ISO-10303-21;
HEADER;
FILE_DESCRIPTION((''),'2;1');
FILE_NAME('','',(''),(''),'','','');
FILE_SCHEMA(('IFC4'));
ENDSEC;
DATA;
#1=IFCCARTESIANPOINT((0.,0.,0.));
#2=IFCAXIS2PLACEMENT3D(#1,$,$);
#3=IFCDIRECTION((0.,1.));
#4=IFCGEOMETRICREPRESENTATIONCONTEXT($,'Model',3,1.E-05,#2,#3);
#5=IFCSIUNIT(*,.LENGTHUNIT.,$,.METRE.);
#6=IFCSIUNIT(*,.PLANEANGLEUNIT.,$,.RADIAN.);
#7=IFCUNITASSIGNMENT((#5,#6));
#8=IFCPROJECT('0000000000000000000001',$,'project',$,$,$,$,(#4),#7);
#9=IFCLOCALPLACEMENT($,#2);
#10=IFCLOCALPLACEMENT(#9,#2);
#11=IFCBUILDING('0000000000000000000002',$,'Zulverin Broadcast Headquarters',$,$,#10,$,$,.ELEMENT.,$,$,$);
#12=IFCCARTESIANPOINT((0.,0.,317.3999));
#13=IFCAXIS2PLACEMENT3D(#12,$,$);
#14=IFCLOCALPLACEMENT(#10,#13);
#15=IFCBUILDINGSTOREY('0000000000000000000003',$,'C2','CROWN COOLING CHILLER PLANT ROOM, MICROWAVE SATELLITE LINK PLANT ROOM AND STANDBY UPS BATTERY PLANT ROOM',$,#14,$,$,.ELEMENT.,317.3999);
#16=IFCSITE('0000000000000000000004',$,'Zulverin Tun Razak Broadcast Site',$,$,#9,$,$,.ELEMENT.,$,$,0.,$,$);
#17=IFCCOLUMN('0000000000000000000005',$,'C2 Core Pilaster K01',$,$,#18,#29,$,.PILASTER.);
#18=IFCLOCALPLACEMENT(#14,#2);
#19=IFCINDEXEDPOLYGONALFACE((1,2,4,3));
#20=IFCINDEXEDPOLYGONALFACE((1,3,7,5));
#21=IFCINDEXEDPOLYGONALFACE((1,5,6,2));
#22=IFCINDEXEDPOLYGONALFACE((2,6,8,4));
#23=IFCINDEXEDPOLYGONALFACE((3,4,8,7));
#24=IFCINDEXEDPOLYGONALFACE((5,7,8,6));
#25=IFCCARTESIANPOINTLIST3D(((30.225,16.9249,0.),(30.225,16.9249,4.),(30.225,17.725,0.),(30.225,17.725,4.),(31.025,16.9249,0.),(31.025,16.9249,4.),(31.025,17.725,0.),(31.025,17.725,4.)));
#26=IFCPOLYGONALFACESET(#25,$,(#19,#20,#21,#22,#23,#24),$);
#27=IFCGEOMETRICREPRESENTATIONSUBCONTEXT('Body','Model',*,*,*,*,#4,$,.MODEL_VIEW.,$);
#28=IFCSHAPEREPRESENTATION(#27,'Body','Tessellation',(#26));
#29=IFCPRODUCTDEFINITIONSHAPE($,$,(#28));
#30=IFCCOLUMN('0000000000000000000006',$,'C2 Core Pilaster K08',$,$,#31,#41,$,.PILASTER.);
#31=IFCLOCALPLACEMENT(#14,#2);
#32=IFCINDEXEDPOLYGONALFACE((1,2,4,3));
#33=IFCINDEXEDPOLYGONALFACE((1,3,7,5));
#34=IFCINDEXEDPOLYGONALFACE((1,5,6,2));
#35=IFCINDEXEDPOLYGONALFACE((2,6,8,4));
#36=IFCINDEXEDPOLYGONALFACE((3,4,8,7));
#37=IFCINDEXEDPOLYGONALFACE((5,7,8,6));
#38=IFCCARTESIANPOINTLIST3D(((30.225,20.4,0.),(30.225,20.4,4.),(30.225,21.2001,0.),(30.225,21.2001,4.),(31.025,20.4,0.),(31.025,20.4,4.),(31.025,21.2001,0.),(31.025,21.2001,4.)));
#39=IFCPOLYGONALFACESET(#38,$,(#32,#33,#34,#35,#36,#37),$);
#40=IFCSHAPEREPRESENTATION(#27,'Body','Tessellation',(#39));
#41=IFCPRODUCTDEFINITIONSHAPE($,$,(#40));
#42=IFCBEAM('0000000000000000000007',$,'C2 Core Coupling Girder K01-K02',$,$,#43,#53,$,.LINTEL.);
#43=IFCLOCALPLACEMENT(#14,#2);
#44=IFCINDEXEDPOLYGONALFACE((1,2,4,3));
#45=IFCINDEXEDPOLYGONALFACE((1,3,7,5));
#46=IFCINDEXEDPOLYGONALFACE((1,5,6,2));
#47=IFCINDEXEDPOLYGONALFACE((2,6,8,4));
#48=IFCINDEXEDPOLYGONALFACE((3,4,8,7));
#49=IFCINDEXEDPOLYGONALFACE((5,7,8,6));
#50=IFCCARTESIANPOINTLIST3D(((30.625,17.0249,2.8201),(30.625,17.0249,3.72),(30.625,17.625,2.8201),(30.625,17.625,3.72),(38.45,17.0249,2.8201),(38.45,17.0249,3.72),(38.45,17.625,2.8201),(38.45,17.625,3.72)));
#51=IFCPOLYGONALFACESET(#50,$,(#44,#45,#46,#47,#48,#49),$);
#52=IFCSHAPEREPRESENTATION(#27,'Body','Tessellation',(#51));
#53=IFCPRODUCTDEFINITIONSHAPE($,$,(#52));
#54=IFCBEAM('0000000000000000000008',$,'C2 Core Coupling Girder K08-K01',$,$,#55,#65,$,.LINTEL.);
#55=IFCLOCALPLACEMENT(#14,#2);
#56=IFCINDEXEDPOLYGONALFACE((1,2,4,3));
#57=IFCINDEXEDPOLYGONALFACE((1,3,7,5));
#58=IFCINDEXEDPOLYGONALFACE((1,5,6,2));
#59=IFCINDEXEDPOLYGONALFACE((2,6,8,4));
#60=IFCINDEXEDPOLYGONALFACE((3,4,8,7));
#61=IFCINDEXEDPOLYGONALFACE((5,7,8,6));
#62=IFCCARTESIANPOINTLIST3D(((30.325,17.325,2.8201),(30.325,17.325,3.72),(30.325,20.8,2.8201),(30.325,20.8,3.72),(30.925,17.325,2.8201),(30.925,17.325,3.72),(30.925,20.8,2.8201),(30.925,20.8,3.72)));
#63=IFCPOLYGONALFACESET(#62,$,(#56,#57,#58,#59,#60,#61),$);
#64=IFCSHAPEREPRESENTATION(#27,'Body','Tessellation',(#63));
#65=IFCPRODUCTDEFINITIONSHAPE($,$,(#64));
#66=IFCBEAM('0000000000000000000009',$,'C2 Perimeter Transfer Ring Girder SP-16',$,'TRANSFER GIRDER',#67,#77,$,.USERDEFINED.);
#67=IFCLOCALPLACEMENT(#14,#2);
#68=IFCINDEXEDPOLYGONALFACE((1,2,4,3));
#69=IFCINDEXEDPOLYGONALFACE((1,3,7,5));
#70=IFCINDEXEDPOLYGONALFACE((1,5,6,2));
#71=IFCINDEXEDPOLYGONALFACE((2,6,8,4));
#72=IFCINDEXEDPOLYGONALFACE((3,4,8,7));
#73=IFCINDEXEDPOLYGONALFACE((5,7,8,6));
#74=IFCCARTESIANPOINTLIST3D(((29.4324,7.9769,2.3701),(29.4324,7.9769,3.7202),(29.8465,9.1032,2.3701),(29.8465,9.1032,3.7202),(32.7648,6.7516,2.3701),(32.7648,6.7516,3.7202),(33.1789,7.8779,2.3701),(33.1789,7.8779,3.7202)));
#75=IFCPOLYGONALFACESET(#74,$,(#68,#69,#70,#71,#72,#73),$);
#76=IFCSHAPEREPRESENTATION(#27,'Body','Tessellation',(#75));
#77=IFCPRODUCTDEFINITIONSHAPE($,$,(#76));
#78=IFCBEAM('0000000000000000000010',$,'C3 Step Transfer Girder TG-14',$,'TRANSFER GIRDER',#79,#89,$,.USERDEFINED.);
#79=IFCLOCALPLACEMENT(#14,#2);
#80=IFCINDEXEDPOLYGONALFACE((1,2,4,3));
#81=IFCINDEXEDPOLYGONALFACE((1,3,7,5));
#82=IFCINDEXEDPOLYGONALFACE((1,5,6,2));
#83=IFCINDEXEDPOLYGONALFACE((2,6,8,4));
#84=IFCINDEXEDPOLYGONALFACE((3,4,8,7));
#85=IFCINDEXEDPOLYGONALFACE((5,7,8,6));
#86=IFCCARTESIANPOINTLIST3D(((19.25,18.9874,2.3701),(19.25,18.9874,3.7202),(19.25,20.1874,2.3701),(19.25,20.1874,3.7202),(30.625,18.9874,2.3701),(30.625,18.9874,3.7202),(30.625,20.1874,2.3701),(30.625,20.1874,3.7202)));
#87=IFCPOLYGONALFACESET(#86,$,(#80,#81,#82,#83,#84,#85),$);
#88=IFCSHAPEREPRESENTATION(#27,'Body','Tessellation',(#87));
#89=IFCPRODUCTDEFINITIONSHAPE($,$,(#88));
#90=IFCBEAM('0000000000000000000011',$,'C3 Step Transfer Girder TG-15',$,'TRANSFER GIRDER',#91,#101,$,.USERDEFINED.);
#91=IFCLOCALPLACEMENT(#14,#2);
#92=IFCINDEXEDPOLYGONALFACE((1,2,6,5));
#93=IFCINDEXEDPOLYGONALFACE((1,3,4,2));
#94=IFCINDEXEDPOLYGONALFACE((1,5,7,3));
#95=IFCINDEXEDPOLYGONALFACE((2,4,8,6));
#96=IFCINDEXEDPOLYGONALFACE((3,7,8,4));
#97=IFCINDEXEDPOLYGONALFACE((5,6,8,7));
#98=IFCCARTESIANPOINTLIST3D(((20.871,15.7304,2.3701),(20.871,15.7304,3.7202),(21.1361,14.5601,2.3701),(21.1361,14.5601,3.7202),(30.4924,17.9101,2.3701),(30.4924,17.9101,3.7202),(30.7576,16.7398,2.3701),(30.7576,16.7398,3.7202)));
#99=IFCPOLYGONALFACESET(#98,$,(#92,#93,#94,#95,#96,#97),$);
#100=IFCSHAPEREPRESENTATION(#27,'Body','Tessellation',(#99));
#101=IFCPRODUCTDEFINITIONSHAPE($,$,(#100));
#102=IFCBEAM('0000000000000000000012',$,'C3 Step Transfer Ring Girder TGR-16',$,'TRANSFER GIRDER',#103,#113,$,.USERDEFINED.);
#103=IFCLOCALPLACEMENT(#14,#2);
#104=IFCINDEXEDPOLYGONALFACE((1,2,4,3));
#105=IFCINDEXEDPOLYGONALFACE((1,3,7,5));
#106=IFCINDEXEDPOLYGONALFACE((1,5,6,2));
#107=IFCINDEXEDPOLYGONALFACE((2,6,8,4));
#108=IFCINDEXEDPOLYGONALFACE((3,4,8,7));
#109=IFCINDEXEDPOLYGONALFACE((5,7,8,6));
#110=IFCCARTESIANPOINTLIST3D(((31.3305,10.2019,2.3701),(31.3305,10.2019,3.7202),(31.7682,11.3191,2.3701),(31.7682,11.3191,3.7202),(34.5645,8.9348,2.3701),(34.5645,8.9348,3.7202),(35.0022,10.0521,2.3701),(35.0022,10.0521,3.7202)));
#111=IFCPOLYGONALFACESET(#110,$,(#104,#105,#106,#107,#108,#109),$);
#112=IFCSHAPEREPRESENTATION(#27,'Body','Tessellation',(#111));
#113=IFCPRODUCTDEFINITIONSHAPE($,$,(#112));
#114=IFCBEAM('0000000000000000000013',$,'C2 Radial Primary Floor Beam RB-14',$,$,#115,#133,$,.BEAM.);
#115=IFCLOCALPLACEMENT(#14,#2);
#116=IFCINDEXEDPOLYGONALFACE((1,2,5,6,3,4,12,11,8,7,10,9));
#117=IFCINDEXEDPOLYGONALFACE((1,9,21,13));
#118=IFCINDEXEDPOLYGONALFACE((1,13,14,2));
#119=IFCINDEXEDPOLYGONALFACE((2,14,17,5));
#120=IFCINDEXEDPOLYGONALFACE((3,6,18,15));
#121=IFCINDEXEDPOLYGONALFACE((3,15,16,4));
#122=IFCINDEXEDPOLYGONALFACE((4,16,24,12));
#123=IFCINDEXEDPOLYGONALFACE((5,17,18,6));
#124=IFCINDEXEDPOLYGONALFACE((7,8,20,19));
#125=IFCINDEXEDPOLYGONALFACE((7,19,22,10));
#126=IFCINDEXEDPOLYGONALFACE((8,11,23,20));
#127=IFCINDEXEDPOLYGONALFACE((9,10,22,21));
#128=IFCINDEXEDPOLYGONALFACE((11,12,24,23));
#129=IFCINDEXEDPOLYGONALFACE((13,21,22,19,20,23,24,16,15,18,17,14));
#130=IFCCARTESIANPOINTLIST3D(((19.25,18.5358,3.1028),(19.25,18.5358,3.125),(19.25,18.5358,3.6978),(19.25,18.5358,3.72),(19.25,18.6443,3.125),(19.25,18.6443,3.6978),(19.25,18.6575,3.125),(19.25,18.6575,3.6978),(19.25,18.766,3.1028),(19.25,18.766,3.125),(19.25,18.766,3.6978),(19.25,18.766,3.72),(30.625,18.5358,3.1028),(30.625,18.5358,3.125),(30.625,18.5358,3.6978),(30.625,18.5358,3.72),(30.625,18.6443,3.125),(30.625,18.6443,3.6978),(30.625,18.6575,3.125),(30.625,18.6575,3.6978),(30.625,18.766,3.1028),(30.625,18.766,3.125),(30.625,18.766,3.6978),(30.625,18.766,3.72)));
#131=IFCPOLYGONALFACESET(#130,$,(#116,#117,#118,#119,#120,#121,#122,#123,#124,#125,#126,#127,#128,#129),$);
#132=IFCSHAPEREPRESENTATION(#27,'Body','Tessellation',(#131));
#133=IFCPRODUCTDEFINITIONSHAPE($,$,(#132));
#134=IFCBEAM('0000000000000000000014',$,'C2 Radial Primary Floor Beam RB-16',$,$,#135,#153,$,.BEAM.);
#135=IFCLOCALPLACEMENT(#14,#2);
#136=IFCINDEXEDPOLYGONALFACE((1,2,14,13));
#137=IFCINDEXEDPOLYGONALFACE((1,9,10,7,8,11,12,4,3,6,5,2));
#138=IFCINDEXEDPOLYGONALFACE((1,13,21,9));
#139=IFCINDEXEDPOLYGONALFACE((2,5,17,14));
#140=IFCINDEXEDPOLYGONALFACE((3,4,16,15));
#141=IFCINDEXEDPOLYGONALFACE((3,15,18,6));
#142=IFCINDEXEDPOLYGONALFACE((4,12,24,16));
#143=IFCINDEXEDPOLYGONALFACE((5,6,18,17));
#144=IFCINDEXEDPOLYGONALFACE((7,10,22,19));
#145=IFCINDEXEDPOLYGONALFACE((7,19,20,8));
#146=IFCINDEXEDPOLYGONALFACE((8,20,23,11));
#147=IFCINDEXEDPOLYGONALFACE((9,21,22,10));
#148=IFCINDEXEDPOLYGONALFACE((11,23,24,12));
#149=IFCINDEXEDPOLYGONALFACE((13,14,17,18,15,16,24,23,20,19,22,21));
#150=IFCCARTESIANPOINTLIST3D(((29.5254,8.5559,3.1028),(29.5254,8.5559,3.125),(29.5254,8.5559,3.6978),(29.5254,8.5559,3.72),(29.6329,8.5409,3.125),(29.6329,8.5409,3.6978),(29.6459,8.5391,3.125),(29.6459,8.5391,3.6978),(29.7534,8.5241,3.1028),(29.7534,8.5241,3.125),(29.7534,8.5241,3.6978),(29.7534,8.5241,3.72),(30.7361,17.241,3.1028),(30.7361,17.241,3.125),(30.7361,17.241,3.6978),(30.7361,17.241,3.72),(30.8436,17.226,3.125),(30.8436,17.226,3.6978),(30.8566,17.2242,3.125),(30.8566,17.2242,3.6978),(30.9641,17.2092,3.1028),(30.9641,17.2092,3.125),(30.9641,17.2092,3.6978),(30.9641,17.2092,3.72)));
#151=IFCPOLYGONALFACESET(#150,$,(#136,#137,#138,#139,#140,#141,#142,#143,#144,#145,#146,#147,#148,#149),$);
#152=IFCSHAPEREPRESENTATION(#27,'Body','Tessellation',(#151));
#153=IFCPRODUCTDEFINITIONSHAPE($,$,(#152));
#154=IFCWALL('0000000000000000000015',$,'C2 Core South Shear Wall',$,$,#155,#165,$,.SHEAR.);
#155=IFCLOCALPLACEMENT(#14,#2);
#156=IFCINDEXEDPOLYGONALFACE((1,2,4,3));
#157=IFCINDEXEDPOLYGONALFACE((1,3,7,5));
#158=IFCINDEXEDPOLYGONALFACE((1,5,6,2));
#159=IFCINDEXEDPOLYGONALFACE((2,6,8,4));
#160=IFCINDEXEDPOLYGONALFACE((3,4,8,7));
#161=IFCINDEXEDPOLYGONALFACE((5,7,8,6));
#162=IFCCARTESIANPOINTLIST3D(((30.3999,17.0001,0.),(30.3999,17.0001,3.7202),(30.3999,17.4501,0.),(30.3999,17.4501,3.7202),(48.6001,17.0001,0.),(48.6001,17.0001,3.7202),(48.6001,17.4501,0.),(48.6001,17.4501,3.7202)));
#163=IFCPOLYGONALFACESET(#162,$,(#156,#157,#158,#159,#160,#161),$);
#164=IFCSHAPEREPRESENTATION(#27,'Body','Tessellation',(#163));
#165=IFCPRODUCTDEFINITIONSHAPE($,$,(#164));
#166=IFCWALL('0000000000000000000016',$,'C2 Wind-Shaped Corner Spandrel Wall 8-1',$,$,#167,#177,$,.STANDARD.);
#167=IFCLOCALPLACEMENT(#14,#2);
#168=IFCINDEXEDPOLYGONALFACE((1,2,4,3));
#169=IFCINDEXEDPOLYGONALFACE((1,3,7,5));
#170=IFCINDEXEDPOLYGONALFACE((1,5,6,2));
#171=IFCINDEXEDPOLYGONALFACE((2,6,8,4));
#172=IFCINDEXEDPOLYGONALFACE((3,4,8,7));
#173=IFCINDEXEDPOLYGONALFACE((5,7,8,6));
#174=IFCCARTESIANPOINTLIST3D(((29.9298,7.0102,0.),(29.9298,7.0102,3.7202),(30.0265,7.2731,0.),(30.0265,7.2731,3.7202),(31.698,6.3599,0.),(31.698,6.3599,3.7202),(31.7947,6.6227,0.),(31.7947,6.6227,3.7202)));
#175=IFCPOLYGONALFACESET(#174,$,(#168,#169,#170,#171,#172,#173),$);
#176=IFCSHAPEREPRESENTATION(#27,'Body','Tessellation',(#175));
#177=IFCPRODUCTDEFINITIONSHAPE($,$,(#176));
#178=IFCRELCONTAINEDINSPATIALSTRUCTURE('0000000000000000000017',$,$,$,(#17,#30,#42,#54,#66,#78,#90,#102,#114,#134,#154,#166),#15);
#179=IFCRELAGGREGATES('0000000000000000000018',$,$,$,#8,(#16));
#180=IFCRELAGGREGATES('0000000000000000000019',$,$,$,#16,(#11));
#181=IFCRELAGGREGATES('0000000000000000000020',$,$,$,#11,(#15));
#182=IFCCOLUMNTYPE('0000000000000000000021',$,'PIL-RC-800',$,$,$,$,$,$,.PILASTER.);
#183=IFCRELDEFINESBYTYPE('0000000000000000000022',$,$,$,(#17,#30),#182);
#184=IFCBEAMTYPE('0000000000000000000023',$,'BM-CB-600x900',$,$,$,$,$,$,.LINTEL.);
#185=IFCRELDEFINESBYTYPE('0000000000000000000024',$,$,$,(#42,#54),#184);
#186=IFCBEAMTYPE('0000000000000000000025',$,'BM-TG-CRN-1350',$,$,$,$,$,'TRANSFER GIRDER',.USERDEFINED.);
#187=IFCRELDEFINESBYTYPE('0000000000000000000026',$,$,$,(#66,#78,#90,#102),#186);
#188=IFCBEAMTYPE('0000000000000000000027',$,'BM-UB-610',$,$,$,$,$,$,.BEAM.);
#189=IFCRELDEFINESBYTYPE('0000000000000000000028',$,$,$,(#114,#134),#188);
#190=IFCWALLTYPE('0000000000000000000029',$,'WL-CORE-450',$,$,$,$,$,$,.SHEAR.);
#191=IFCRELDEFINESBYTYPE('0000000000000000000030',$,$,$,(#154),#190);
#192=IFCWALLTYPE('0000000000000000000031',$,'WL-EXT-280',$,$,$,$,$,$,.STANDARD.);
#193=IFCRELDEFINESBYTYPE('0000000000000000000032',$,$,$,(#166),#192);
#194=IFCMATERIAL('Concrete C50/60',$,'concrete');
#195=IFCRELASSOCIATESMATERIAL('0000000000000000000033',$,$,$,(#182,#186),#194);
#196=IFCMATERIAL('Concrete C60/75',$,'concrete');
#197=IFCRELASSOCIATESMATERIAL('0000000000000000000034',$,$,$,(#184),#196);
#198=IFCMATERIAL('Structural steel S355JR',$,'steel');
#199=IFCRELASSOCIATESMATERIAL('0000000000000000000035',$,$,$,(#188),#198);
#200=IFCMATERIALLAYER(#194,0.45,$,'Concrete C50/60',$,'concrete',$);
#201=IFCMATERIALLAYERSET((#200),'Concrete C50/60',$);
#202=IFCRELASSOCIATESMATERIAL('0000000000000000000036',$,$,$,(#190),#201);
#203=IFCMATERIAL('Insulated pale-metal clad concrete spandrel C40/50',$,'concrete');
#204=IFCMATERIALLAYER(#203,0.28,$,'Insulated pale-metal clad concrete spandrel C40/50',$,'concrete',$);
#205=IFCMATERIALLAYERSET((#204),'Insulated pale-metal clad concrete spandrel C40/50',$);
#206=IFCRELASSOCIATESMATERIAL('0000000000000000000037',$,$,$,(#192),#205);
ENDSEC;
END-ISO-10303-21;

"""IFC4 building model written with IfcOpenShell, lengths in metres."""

from ifc_helpers import new_model, si_unit, direction, frame, frame_2d, origin, origin_2d, place, context, subcontext, project, spatial, rectangle, i_section, extrude, material, layer, layer_set, material_profile, profile_set, type_object, element, save


model = new_model("IFC4")

# Units and contexts
model_context = context("Model", 3, precision=1e-05, world=origin(), true_north=direction((0.0, 1.0)))
body_context = subcontext(model_context, "Body", "Model", "MODEL_VIEW")
ifc_project = project(units=[si_unit("LENGTHUNIT", "METRE"), si_unit("PLANEANGLEUNIT", "RADIAN")], contexts=[model_context])

# Site, building, storey
site_placement = place(None, origin())
site = spatial("IfcSite", under=ifc_project, at=site_placement, Name="Zulverin Tun Razak Broadcast Site", CompositionType="ELEMENT", RefElevation=0.0)
building_placement = place(site_placement, origin())
building = spatial("IfcBuilding", under=site, at=building_placement, Name="Zulverin Broadcast Headquarters", CompositionType="ELEMENT")
storey_placement = place(building_placement, frame((0.0, 0.0, 317.3999)))
storey = spatial("IfcBuildingStorey", under=building, at=storey_placement, Name="C2", Description="CROWN COOLING CHILLER PLANT ROOM, MICROWAVE SATELLITE LINK PLANT ROOM AND STANDBY UPS BATTERY PLANT ROOM", CompositionType="ELEMENT", Elevation=317.3999)

# Columns
ifc_material_1 = material(Name="Concrete C50/60", Category="concrete")
ifc_material_profile_1 = material_profile(ifc_material_1, rectangle(XDim=0.8, YDim=0.8, at=origin_2d()), Name="Concrete C50/60", Category="concrete")
ifc_profile_set_1 = profile_set([ifc_material_profile_1], Name="Concrete C50/60")
column_type = type_object("IfcColumnType", Name="PIL-RC-800", PredefinedType="PILASTER", material=ifc_profile_set_1)
for number, where, z_axis, x_axis, name in (
    (1, (30.625, 17.325, 0.0), (0.0, 0.0, 1.0), (1.0, 0.0, 0.0), "C2 Core Pilaster K01"),
    (2, (30.625, 20.8, 0.0), (0.0, 0.0, 1.0), (1.0, 0.0, 0.0), "C2 Core Pilaster K08"),
):
    element("IfcColumn", number, at=place(storey_placement, frame(where, z_axis=z_axis, x_axis=x_axis)), inside=storey, type_object=column_type, Name=name, PredefinedType="PILASTER", context=body_context, shape_type="SweptSolid", body=[
        extrude(rectangle(XDim=0.8, YDim=0.8, at=origin_2d()), origin(), (0.0, 0.0, 1.0), 4.0),
    ])

# Beams
ifc_material_2 = material(Name="Concrete C60/75", Category="concrete")
ifc_material_profile_2 = material_profile(ifc_material_2, rectangle(XDim=0.6001, YDim=0.8999, at=origin_2d()), Name="Concrete C60/75", Category="concrete")
ifc_profile_set_2 = profile_set([ifc_material_profile_2], Name="Concrete C60/75")
beam_type_1 = type_object("IfcBeamType", Name="BM-CB-600x900", PredefinedType="LINTEL", material=ifc_profile_set_2)
beam_1_placement = place(storey_placement, frame((30.625, 17.325, 3.27), z_axis=(1.0, 0.0, 0.0), x_axis=(0.0, 1.0, 0.0)))
element("IfcBeam", 3, at=beam_1_placement, inside=storey, type_object=beam_type_1, Name="C2 Core Coupling Girder K01-K02", PredefinedType="LINTEL", context=body_context, shape_type="SweptSolid", body=[
    extrude(rectangle(XDim=0.6001, YDim=0.8999, at=origin_2d()), origin(), (0.0, 0.0, 1.0), 7.825),
])
beam_2_placement = place(storey_placement, frame((30.625, 20.8, 3.27), z_axis=(0.0, -1.0, 0.0), x_axis=(1.0, 0.0, 0.0)))
element("IfcBeam", 4, at=beam_2_placement, inside=storey, type_object=beam_type_1, Name="C2 Core Coupling Girder K08-K01", PredefinedType="LINTEL", context=body_context, shape_type="SweptSolid", body=[
    extrude(rectangle(XDim=0.6001, YDim=0.8999, at=origin_2d()), origin(), (0.0, 0.0, 1.0), 3.4751),
])
ifc_material_profile_3 = material_profile(ifc_material_1, rectangle(XDim=1.2, YDim=1.3501, at=origin_2d()), Name="Concrete C50/60", Category="concrete")
ifc_profile_set_3 = profile_set([ifc_material_profile_3], Name="Concrete C50/60")
beam_type_2 = type_object("IfcBeamType", Name="BM-TG-CRN-1350", ElementType="TRANSFER GIRDER", PredefinedType="USERDEFINED", material=ifc_profile_set_3)
beam_3_placement = place(storey_placement, frame((29.6394, 8.54, 3.0452), z_axis=(0.938565, -0.345103, 0.0), x_axis=(0.345103, 0.938565, 0.0)))
element("IfcBeam", 5, at=beam_3_placement, inside=storey, type_object=beam_type_2, Name="C2 Perimeter Transfer Ring Girder SP-16", ObjectType="TRANSFER GIRDER", PredefinedType="USERDEFINED", context=body_context, shape_type="SweptSolid", body=[
    extrude(rectangle(XDim=1.2, YDim=1.3501, at=origin_2d()), origin(), (0.0, 0.0, 1.0), 3.5505),
])
beam_4_placement = place(storey_placement, frame((30.625, 19.5874, 3.0452), z_axis=(-1.0, 0.0, 0.0), x_axis=(0.0, -1.0, 0.0)))
element("IfcBeam", 6, at=beam_4_placement, inside=storey, type_object=beam_type_2, Name="C3 Step Transfer Girder TG-14", ObjectType="TRANSFER GIRDER", PredefinedType="USERDEFINED", context=body_context, shape_type="SweptSolid", body=[
    extrude(rectangle(XDim=1.2, YDim=1.3501, at=origin_2d()), origin(), (0.0, 0.0, 1.0), 11.375),
])
beam_5_placement = place(storey_placement, frame((30.625, 17.325, 3.0452), z_axis=(-0.975286, -0.220948, 0.0), x_axis=(0.220948, -0.975286, 0.0)))
element("IfcBeam", 7, at=beam_5_placement, inside=storey, type_object=beam_type_2, Name="C3 Step Transfer Girder TG-15", ObjectType="TRANSFER GIRDER", PredefinedType="USERDEFINED", context=body_context, shape_type="SweptSolid", body=[
    extrude(rectangle(XDim=1.2, YDim=1.3501, at=origin_2d()), origin(), (0.0, 0.0, 1.0), 9.8652),
])
beam_6_placement = place(storey_placement, frame((31.5493, 10.7605, 3.0452), z_axis=(0.93109, -0.364789, 0.0), x_axis=(0.364789, 0.93109, 0.0)))
element("IfcBeam", 8, at=beam_6_placement, inside=storey, type_object=beam_type_2, Name="C3 Step Transfer Ring Girder TGR-16", ObjectType="TRANSFER GIRDER", PredefinedType="USERDEFINED", context=body_context, shape_type="SweptSolid", body=[
    extrude(rectangle(XDim=1.2, YDim=1.3501, at=origin_2d()), origin(), (0.0, 0.0, 1.0), 3.4734),
])
ifc_material_3 = material(Name="Structural steel S355JR", Category="steel")
ifc_material_profile_4 = material_profile(ifc_material_3, i_section(OverallWidth=0.2302, OverallDepth=0.6172, WebThickness=0.0132, FlangeThickness=0.0222, at=origin_2d()), Name="Structural steel S355JR", Category="steel")
ifc_profile_set_4 = profile_set([ifc_material_profile_4], Name="Structural steel S355JR")
beam_type_3 = type_object("IfcBeamType", Name="BM-UB-610", PredefinedType="BEAM", material=ifc_profile_set_4)
beam_7_placement = place(storey_placement, frame((30.625, 18.6509, 3.4114), z_axis=(-1.0, 0.0, 0.0), x_axis=(0.0, -1.0, 0.0)))
element("IfcBeam", 9, at=beam_7_placement, inside=storey, type_object=beam_type_3, Name="C2 Radial Primary Floor Beam RB-14", PredefinedType="BEAM", context=body_context, shape_type="SweptSolid", body=[
    extrude(i_section(OverallWidth=0.2302, OverallDepth=0.6172, WebThickness=0.0132, FlangeThickness=0.0222, at=origin_2d()), origin(), (0.0, 0.0, 1.0), 11.375),
])
beam_8_placement = place(storey_placement, frame((30.8501, 17.2251, 3.4114), z_axis=(-0.138065, -0.990423, 0.0), x_axis=(0.990423, -0.138065, 0.0)))
element("IfcBeam", 10, at=beam_8_placement, inside=storey, type_object=beam_type_3, Name="C2 Radial Primary Floor Beam RB-16", PredefinedType="BEAM", context=body_context, shape_type="SweptSolid", body=[
    extrude(i_section(OverallWidth=0.2302, OverallDepth=0.6172, WebThickness=0.0132, FlangeThickness=0.0222, at=origin_2d()), origin(), (0.0, 0.0, 1.0), 8.769),
])

# Wall
ifc_layer_1 = layer(ifc_material_1, 0.45, Name="Concrete C50/60", Category="concrete")
ifc_layer_set_1 = layer_set([ifc_layer_1], Name="Concrete C50/60")
wall_type_1 = type_object("IfcWallType", Name="WL-CORE-450", PredefinedType="SHEAR", material=ifc_layer_set_1)
wall_1_placement = place(storey_placement, frame((30.3999, 17.2251, 0.0), z_axis=(0.0, 0.0, 1.0), x_axis=(1.0, 0.0, 0.0)))
element("IfcWall", 11, at=wall_1_placement, inside=storey, type_object=wall_type_1, Name="C2 Core South Shear Wall", PredefinedType="SHEAR", context=body_context, shape_type="SweptSolid", body=[
    extrude(rectangle(XDim=18.2002, YDim=0.45, at=frame_2d((9.1001, 0.0))), origin(), (0.0, 0.0, 1.0), 3.7202),
])

# Wall
ifc_material_4 = material(Name="Insulated pale-metal clad concrete spandrel C40/50", Category="concrete")
ifc_layer_2 = layer(ifc_material_4, 0.28, Name="Insulated pale-metal clad concrete spandrel C40/50", Category="concrete")
ifc_layer_set_2 = layer_set([ifc_layer_2], Name="Insulated pale-metal clad concrete spandrel C40/50")
wall_type_2 = type_object("IfcWallType", Name="WL-EXT-280", PredefinedType="STANDARD", material=ifc_layer_set_2)
wall_2_placement = place(storey_placement, frame((29.9783, 7.1416, 0.0), z_axis=(0.0, 0.0, 1.0), x_axis=(0.938531, -0.345195, 0.0)))
element("IfcWall", 12, at=wall_2_placement, inside=storey, type_object=wall_type_2, Name="C2 Wind-Shaped Corner Spandrel Wall 8-1", PredefinedType="STANDARD", context=body_context, shape_type="SweptSolid", body=[
    extrude(rectangle(XDim=1.884, YDim=0.28, at=frame_2d((0.9419, 0.0))), origin(), (0.0, 0.0, 1.0), 3.7202),
])

save(model, "model.ifc")
